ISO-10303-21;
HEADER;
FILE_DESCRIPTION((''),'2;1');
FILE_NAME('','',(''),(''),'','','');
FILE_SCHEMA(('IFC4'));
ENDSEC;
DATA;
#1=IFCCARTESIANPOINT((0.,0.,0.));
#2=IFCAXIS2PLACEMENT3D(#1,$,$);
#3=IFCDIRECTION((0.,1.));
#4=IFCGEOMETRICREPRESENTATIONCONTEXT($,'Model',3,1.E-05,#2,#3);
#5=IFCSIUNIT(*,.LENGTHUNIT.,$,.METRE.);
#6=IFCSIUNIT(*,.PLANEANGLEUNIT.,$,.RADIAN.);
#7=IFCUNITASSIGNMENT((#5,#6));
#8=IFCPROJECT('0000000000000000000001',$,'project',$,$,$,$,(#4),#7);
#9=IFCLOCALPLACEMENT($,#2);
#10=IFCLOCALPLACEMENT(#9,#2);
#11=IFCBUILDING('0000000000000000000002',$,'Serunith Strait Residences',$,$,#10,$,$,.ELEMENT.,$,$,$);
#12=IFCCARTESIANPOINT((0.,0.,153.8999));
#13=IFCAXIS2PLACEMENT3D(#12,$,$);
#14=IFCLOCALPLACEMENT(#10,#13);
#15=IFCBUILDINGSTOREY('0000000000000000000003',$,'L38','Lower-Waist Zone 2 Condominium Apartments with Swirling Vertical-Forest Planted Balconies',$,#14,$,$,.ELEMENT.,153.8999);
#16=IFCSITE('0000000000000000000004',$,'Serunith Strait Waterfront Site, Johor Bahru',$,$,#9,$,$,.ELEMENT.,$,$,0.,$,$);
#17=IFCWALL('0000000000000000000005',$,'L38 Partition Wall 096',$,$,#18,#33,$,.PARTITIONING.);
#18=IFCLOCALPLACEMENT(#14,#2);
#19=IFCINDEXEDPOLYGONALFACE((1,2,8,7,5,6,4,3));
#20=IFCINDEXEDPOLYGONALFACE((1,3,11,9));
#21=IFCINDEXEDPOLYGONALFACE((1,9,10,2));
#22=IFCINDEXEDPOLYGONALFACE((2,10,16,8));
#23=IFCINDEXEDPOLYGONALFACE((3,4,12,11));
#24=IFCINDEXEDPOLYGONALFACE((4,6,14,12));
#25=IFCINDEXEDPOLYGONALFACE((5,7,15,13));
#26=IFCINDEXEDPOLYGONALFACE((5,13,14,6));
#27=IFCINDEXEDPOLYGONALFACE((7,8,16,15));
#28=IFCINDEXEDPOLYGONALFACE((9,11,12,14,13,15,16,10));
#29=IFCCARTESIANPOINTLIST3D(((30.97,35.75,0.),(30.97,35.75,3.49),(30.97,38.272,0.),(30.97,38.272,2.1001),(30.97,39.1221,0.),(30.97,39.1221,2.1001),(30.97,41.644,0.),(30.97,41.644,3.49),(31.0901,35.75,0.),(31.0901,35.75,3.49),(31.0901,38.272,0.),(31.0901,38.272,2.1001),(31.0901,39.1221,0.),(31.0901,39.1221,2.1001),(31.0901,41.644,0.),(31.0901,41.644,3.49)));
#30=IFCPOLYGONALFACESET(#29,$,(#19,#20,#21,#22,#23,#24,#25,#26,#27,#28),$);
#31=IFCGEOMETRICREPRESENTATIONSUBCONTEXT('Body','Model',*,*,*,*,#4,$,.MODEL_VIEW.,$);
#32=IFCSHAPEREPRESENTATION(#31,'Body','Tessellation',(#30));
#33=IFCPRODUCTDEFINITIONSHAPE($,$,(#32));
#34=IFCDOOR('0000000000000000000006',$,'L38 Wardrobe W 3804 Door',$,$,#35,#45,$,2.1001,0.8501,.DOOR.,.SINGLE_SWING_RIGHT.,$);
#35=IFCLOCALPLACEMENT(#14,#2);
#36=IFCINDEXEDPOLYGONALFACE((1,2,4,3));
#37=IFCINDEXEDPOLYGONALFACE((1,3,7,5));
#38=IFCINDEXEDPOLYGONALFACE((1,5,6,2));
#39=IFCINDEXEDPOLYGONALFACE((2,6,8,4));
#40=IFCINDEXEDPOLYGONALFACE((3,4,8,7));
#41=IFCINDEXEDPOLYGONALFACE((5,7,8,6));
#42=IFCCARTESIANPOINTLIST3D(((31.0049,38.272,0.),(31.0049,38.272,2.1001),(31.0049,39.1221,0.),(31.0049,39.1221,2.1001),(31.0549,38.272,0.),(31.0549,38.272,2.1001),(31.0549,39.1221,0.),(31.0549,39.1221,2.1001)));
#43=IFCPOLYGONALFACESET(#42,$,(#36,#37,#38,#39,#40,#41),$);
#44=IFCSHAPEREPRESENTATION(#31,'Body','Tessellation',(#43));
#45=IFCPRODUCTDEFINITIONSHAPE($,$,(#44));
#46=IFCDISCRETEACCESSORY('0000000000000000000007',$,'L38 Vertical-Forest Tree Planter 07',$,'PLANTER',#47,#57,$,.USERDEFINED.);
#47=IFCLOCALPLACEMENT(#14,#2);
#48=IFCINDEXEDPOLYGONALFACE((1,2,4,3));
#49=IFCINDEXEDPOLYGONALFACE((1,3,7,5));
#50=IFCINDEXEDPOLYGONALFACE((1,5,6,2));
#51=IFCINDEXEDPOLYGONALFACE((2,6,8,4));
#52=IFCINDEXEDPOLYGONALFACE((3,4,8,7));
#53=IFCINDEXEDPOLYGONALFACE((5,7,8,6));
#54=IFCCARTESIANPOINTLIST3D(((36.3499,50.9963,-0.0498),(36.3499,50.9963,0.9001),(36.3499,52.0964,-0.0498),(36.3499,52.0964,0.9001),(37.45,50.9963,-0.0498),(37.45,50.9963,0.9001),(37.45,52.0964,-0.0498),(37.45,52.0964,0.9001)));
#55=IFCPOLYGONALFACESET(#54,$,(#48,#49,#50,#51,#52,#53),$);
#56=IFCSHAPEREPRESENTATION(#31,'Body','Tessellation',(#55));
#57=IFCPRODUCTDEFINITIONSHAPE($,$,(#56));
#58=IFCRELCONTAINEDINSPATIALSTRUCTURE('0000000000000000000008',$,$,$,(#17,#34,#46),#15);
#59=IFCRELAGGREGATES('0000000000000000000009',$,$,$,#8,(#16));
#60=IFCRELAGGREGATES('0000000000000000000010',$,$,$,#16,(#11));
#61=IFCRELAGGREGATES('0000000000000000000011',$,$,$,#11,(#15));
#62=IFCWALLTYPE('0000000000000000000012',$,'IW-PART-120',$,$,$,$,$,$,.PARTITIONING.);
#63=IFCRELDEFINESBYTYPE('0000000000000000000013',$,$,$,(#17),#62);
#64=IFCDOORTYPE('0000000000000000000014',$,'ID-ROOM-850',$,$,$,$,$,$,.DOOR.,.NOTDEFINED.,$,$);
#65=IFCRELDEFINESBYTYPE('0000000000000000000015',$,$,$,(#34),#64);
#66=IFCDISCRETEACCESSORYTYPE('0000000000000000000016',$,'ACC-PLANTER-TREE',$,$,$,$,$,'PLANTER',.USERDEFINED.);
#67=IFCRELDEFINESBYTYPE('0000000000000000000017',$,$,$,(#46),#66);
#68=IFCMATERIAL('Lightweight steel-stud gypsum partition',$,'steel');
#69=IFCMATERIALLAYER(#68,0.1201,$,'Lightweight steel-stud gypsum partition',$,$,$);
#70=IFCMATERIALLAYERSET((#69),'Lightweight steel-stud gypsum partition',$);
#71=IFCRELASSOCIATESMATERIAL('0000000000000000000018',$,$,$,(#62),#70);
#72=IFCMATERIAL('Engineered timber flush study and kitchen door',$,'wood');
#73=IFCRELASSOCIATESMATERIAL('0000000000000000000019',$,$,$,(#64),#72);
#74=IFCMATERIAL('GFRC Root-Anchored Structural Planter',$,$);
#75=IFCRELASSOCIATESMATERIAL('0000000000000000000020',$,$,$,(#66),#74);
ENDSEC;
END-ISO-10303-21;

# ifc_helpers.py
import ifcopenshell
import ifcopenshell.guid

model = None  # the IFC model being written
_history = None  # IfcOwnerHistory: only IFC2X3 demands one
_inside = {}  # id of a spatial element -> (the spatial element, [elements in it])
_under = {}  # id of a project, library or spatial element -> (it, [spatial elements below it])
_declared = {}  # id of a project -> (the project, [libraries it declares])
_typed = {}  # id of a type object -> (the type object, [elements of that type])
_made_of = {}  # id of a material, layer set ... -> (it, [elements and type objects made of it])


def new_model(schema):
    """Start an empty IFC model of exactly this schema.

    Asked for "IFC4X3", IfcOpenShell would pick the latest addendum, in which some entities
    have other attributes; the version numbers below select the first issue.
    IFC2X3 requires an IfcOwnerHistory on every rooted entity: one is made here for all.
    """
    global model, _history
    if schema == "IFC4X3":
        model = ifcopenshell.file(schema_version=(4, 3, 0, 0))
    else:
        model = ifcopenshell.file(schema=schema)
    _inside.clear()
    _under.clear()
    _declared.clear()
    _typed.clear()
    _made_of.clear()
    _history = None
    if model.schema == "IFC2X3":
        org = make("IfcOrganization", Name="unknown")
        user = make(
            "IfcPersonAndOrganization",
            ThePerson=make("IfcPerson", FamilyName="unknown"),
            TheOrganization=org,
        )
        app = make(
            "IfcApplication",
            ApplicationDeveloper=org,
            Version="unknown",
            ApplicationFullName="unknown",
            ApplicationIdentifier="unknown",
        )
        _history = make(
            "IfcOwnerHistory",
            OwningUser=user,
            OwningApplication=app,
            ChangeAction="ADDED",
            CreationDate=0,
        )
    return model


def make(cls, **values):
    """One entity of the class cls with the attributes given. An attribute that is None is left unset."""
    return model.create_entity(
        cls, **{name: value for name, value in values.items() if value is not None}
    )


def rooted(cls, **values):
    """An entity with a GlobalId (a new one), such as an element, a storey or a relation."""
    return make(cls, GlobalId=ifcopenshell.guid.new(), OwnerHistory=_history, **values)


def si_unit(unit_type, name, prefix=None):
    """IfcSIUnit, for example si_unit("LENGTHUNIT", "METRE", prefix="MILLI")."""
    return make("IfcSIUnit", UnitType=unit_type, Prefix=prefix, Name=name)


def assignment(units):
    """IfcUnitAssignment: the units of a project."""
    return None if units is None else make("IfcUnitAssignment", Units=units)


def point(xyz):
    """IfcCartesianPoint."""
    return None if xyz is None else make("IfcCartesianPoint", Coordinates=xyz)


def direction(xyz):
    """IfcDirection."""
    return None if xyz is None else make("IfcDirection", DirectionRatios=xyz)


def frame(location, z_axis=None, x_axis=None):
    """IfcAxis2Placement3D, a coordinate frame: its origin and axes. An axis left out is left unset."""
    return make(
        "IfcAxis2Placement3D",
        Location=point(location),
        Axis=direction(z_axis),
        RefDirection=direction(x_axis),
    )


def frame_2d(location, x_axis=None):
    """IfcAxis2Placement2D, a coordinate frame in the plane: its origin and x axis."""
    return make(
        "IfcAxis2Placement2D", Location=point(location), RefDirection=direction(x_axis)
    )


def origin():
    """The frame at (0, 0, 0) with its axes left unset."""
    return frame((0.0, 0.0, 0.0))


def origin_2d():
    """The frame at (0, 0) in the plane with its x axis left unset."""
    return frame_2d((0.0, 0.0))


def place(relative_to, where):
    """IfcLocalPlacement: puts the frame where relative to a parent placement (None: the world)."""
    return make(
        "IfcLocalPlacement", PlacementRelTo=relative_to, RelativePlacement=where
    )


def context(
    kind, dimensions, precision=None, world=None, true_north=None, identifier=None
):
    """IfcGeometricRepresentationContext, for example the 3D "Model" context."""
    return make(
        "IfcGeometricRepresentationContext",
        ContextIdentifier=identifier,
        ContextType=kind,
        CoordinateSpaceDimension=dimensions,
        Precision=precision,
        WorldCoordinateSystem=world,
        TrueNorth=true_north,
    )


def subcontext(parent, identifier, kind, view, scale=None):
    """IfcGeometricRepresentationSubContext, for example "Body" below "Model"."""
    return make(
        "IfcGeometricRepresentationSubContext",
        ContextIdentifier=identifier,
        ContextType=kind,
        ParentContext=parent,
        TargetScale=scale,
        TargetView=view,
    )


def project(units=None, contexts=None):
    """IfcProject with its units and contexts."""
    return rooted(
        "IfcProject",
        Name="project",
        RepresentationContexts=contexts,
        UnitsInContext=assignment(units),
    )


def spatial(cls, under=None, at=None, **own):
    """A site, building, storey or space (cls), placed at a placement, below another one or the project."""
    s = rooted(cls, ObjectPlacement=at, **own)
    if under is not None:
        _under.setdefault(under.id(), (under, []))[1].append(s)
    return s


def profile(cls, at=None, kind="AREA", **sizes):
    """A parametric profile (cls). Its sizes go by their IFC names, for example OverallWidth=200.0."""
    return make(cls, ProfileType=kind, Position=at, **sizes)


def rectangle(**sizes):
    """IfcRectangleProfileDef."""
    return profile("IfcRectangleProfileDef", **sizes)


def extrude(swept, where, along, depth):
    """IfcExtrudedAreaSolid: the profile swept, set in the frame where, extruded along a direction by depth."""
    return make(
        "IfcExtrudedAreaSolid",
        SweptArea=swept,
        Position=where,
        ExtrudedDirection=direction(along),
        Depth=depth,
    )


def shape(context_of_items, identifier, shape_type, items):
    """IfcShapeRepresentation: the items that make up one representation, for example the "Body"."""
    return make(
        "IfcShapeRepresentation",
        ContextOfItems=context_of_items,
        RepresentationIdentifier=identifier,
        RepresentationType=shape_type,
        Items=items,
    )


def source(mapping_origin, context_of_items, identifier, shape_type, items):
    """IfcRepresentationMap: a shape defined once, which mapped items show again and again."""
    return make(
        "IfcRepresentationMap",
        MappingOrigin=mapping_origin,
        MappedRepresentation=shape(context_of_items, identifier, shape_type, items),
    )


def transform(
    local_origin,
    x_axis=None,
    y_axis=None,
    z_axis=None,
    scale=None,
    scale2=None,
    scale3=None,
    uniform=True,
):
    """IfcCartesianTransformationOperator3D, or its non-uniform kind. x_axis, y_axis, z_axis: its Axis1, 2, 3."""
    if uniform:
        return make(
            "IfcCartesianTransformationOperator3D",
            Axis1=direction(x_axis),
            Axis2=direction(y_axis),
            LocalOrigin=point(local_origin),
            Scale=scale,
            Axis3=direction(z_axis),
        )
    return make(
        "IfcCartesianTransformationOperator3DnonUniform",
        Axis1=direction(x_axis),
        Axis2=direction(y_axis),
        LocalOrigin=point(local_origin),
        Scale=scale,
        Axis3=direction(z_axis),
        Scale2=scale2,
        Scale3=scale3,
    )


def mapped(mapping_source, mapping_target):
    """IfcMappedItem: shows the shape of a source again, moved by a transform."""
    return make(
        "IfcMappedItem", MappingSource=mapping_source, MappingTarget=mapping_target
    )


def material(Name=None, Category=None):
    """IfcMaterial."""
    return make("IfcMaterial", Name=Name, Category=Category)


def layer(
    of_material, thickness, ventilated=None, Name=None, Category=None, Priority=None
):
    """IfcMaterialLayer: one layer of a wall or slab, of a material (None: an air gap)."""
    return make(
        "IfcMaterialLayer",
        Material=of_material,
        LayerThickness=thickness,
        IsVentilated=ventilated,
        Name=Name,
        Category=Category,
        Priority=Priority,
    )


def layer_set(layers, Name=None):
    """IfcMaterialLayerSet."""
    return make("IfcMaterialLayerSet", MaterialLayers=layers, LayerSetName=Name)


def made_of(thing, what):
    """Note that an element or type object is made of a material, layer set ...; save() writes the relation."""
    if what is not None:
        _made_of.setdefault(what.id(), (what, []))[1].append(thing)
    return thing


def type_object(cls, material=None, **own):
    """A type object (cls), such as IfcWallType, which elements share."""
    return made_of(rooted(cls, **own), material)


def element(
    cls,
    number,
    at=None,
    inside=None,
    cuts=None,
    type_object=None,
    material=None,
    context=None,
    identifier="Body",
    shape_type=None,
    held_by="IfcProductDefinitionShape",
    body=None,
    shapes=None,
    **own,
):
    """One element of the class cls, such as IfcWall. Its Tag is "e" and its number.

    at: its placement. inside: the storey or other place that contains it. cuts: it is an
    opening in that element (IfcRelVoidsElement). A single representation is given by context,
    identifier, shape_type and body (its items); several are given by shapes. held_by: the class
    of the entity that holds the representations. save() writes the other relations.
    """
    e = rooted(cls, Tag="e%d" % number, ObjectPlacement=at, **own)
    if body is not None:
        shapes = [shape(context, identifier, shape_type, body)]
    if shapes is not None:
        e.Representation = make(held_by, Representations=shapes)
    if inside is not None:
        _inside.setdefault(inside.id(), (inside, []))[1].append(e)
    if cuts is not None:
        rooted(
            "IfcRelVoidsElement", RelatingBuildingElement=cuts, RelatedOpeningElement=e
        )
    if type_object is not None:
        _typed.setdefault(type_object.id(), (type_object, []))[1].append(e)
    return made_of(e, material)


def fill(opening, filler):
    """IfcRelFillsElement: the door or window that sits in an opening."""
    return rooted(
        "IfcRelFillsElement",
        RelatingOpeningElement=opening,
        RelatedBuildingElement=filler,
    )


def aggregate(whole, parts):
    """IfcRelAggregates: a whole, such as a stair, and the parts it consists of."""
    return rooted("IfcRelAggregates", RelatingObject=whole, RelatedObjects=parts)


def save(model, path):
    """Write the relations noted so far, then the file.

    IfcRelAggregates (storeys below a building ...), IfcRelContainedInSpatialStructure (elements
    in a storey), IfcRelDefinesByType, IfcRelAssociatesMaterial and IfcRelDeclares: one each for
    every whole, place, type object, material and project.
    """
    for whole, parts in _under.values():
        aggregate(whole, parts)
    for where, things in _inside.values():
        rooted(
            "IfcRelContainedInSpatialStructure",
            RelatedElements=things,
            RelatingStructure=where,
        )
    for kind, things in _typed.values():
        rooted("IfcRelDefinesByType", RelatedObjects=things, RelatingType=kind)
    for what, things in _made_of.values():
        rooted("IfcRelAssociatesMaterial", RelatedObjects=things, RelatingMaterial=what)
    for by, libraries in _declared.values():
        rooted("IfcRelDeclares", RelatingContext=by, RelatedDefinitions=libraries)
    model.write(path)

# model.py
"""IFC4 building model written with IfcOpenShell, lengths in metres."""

from ifc_helpers import new_model, si_unit, direction, frame, frame_2d, origin, origin_2d, place, context, subcontext, project, spatial, rectangle, extrude, source, transform, mapped, material, layer, layer_set, type_object, element, fill, save


model = new_model("IFC4")

# Units and contexts
model_context = context("Model", 3, precision=1e-05, world=origin(), true_north=direction((0.0, 1.0)))
body_context = subcontext(model_context, "Body", "Model", "MODEL_VIEW")
ifc_project = project(units=[si_unit("LENGTHUNIT", "METRE"), si_unit("PLANEANGLEUNIT", "RADIAN")], contexts=[model_context])

# Site, building, storey
site_placement = place(None, origin())
site = spatial("IfcSite", under=ifc_project, at=site_placement, Name="Serunith Strait Waterfront Site, Johor Bahru", CompositionType="ELEMENT", RefElevation=0.0)
building_placement = place(site_placement, origin())
building = spatial("IfcBuilding", under=site, at=building_placement, Name="Serunith Strait Residences", CompositionType="ELEMENT")
storey_placement = place(building_placement, frame((0.0, 0.0, 153.8999)))
storey = spatial("IfcBuildingStorey", under=building, at=storey_placement, Name="L38", Description="Lower-Waist Zone 2 Condominium Apartments with Swirling Vertical-Forest Planted Balconies", CompositionType="ELEMENT", Elevation=153.8999)

# Shared definitions
ifc_material_1 = material(Name="Lightweight steel-stud gypsum partition", Category="steel")
ifc_layer_1 = layer(ifc_material_1, 0.1201, Name="Lightweight steel-stud gypsum partition")
ifc_layer_set_1 = layer_set([ifc_layer_1], Name="Lightweight steel-stud gypsum partition")
wall_type_1 = type_object("IfcWallType", Name="IW-PART-120", PredefinedType="PARTITIONING", material=ifc_layer_set_1)

# Wall, opening, door
shared_shape_1 = source(origin(), body_context, "Body", "SweptSolid", [
    extrude(rectangle(XDim=0.8501, YDim=2.1001, at=frame_2d((0.425, 1.05))), frame((0.0, 0.0249, 0.0), z_axis=(0.0, -1.0, 0.0), x_axis=(1.0, 0.0, 0.0)), (0.0, 0.0, 1.0), 0.05),
])
wall_1_placement = place(storey_placement, frame((31.03, 41.644, 0.0), z_axis=(0.0, 0.0, 1.0), x_axis=(0.0, -1.0, 0.0)))
wall_1 = element("IfcWall", 1, at=wall_1_placement, inside=storey, type_object=wall_type_1, Name="L38 Partition Wall 096", PredefinedType="PARTITIONING", context=body_context, shape_type="SweptSolid", body=[
    extrude(rectangle(XDim=5.894, YDim=0.1201, at=frame_2d((2.947, 0.0))), origin(), (0.0, 0.0, 1.0), 3.49),
])
opening_1_placement = place(wall_1_placement, frame((2.522, 0.0, 0.0)))
opening_1 = element("IfcOpeningElement", 2, at=opening_1_placement, cuts=wall_1, PredefinedType="OPENING", context=body_context, shape_type="SweptSolid", body=[
    extrude(rectangle(XDim=0.8501, YDim=2.1001, at=frame_2d((0.425, 1.05))), frame((0.0, 0.0701, 0.0), z_axis=(0.0, -1.0, 0.0), x_axis=(1.0, 0.0, 0.0)), (0.0, 0.0, 1.0), 0.1401),
])
ifc_material_2 = material(Name="Engineered timber flush study and kitchen door", Category="wood")
door_type_1 = type_object("IfcDoorType", Name="ID-ROOM-850", OperationType="NOTDEFINED", PredefinedType="DOOR", material=ifc_material_2)
door_1_placement = place(opening_1_placement, origin())
door_1 = element("IfcDoor", 3, at=door_1_placement, inside=storey, type_object=door_type_1, Name="L38 Wardrobe W 3804 Door", OperationType="SINGLE_SWING_RIGHT", OverallHeight=2.1001, OverallWidth=0.8501, PredefinedType="DOOR", context=body_context, shape_type="MappedRepresentation", body=[
    mapped(shared_shape_1, transform((0.0, 0.0, 0.0), scale=1.0)),
])
fill(opening_1, door_1)

# Discrete accessory
ifc_material_3 = material(Name="GFRC Root-Anchored Structural Planter")
discrete_accessory_type = type_object("IfcDiscreteAccessoryType", Name="ACC-PLANTER-TREE", ElementType="PLANTER", PredefinedType="USERDEFINED", material=ifc_material_3)
shared_shape_2 = source(origin(), body_context, "Body", "SweptSolid", [
    extrude(rectangle(XDim=1.1001, YDim=1.1001, at=origin_2d()), origin(), (0.0, 0.0, 1.0), 0.95),
])
discrete_accessory_placement = place(storey_placement, frame((36.8999, 51.5464, -0.0498), z_axis=(0.0, 0.0, 1.0), x_axis=(-1.0, 0.0, 0.0)))
element("IfcDiscreteAccessory", 4, at=discrete_accessory_placement, inside=storey, type_object=discrete_accessory_type, Name="L38 Vertical-Forest Tree Planter 07", ObjectType="PLANTER", PredefinedType="USERDEFINED", context=body_context, shape_type="MappedRepresentation", body=[
    mapped(shared_shape_2, transform((0.0, 0.0, 0.0), scale=1.0)),
])

save(model, "model.ifc")
